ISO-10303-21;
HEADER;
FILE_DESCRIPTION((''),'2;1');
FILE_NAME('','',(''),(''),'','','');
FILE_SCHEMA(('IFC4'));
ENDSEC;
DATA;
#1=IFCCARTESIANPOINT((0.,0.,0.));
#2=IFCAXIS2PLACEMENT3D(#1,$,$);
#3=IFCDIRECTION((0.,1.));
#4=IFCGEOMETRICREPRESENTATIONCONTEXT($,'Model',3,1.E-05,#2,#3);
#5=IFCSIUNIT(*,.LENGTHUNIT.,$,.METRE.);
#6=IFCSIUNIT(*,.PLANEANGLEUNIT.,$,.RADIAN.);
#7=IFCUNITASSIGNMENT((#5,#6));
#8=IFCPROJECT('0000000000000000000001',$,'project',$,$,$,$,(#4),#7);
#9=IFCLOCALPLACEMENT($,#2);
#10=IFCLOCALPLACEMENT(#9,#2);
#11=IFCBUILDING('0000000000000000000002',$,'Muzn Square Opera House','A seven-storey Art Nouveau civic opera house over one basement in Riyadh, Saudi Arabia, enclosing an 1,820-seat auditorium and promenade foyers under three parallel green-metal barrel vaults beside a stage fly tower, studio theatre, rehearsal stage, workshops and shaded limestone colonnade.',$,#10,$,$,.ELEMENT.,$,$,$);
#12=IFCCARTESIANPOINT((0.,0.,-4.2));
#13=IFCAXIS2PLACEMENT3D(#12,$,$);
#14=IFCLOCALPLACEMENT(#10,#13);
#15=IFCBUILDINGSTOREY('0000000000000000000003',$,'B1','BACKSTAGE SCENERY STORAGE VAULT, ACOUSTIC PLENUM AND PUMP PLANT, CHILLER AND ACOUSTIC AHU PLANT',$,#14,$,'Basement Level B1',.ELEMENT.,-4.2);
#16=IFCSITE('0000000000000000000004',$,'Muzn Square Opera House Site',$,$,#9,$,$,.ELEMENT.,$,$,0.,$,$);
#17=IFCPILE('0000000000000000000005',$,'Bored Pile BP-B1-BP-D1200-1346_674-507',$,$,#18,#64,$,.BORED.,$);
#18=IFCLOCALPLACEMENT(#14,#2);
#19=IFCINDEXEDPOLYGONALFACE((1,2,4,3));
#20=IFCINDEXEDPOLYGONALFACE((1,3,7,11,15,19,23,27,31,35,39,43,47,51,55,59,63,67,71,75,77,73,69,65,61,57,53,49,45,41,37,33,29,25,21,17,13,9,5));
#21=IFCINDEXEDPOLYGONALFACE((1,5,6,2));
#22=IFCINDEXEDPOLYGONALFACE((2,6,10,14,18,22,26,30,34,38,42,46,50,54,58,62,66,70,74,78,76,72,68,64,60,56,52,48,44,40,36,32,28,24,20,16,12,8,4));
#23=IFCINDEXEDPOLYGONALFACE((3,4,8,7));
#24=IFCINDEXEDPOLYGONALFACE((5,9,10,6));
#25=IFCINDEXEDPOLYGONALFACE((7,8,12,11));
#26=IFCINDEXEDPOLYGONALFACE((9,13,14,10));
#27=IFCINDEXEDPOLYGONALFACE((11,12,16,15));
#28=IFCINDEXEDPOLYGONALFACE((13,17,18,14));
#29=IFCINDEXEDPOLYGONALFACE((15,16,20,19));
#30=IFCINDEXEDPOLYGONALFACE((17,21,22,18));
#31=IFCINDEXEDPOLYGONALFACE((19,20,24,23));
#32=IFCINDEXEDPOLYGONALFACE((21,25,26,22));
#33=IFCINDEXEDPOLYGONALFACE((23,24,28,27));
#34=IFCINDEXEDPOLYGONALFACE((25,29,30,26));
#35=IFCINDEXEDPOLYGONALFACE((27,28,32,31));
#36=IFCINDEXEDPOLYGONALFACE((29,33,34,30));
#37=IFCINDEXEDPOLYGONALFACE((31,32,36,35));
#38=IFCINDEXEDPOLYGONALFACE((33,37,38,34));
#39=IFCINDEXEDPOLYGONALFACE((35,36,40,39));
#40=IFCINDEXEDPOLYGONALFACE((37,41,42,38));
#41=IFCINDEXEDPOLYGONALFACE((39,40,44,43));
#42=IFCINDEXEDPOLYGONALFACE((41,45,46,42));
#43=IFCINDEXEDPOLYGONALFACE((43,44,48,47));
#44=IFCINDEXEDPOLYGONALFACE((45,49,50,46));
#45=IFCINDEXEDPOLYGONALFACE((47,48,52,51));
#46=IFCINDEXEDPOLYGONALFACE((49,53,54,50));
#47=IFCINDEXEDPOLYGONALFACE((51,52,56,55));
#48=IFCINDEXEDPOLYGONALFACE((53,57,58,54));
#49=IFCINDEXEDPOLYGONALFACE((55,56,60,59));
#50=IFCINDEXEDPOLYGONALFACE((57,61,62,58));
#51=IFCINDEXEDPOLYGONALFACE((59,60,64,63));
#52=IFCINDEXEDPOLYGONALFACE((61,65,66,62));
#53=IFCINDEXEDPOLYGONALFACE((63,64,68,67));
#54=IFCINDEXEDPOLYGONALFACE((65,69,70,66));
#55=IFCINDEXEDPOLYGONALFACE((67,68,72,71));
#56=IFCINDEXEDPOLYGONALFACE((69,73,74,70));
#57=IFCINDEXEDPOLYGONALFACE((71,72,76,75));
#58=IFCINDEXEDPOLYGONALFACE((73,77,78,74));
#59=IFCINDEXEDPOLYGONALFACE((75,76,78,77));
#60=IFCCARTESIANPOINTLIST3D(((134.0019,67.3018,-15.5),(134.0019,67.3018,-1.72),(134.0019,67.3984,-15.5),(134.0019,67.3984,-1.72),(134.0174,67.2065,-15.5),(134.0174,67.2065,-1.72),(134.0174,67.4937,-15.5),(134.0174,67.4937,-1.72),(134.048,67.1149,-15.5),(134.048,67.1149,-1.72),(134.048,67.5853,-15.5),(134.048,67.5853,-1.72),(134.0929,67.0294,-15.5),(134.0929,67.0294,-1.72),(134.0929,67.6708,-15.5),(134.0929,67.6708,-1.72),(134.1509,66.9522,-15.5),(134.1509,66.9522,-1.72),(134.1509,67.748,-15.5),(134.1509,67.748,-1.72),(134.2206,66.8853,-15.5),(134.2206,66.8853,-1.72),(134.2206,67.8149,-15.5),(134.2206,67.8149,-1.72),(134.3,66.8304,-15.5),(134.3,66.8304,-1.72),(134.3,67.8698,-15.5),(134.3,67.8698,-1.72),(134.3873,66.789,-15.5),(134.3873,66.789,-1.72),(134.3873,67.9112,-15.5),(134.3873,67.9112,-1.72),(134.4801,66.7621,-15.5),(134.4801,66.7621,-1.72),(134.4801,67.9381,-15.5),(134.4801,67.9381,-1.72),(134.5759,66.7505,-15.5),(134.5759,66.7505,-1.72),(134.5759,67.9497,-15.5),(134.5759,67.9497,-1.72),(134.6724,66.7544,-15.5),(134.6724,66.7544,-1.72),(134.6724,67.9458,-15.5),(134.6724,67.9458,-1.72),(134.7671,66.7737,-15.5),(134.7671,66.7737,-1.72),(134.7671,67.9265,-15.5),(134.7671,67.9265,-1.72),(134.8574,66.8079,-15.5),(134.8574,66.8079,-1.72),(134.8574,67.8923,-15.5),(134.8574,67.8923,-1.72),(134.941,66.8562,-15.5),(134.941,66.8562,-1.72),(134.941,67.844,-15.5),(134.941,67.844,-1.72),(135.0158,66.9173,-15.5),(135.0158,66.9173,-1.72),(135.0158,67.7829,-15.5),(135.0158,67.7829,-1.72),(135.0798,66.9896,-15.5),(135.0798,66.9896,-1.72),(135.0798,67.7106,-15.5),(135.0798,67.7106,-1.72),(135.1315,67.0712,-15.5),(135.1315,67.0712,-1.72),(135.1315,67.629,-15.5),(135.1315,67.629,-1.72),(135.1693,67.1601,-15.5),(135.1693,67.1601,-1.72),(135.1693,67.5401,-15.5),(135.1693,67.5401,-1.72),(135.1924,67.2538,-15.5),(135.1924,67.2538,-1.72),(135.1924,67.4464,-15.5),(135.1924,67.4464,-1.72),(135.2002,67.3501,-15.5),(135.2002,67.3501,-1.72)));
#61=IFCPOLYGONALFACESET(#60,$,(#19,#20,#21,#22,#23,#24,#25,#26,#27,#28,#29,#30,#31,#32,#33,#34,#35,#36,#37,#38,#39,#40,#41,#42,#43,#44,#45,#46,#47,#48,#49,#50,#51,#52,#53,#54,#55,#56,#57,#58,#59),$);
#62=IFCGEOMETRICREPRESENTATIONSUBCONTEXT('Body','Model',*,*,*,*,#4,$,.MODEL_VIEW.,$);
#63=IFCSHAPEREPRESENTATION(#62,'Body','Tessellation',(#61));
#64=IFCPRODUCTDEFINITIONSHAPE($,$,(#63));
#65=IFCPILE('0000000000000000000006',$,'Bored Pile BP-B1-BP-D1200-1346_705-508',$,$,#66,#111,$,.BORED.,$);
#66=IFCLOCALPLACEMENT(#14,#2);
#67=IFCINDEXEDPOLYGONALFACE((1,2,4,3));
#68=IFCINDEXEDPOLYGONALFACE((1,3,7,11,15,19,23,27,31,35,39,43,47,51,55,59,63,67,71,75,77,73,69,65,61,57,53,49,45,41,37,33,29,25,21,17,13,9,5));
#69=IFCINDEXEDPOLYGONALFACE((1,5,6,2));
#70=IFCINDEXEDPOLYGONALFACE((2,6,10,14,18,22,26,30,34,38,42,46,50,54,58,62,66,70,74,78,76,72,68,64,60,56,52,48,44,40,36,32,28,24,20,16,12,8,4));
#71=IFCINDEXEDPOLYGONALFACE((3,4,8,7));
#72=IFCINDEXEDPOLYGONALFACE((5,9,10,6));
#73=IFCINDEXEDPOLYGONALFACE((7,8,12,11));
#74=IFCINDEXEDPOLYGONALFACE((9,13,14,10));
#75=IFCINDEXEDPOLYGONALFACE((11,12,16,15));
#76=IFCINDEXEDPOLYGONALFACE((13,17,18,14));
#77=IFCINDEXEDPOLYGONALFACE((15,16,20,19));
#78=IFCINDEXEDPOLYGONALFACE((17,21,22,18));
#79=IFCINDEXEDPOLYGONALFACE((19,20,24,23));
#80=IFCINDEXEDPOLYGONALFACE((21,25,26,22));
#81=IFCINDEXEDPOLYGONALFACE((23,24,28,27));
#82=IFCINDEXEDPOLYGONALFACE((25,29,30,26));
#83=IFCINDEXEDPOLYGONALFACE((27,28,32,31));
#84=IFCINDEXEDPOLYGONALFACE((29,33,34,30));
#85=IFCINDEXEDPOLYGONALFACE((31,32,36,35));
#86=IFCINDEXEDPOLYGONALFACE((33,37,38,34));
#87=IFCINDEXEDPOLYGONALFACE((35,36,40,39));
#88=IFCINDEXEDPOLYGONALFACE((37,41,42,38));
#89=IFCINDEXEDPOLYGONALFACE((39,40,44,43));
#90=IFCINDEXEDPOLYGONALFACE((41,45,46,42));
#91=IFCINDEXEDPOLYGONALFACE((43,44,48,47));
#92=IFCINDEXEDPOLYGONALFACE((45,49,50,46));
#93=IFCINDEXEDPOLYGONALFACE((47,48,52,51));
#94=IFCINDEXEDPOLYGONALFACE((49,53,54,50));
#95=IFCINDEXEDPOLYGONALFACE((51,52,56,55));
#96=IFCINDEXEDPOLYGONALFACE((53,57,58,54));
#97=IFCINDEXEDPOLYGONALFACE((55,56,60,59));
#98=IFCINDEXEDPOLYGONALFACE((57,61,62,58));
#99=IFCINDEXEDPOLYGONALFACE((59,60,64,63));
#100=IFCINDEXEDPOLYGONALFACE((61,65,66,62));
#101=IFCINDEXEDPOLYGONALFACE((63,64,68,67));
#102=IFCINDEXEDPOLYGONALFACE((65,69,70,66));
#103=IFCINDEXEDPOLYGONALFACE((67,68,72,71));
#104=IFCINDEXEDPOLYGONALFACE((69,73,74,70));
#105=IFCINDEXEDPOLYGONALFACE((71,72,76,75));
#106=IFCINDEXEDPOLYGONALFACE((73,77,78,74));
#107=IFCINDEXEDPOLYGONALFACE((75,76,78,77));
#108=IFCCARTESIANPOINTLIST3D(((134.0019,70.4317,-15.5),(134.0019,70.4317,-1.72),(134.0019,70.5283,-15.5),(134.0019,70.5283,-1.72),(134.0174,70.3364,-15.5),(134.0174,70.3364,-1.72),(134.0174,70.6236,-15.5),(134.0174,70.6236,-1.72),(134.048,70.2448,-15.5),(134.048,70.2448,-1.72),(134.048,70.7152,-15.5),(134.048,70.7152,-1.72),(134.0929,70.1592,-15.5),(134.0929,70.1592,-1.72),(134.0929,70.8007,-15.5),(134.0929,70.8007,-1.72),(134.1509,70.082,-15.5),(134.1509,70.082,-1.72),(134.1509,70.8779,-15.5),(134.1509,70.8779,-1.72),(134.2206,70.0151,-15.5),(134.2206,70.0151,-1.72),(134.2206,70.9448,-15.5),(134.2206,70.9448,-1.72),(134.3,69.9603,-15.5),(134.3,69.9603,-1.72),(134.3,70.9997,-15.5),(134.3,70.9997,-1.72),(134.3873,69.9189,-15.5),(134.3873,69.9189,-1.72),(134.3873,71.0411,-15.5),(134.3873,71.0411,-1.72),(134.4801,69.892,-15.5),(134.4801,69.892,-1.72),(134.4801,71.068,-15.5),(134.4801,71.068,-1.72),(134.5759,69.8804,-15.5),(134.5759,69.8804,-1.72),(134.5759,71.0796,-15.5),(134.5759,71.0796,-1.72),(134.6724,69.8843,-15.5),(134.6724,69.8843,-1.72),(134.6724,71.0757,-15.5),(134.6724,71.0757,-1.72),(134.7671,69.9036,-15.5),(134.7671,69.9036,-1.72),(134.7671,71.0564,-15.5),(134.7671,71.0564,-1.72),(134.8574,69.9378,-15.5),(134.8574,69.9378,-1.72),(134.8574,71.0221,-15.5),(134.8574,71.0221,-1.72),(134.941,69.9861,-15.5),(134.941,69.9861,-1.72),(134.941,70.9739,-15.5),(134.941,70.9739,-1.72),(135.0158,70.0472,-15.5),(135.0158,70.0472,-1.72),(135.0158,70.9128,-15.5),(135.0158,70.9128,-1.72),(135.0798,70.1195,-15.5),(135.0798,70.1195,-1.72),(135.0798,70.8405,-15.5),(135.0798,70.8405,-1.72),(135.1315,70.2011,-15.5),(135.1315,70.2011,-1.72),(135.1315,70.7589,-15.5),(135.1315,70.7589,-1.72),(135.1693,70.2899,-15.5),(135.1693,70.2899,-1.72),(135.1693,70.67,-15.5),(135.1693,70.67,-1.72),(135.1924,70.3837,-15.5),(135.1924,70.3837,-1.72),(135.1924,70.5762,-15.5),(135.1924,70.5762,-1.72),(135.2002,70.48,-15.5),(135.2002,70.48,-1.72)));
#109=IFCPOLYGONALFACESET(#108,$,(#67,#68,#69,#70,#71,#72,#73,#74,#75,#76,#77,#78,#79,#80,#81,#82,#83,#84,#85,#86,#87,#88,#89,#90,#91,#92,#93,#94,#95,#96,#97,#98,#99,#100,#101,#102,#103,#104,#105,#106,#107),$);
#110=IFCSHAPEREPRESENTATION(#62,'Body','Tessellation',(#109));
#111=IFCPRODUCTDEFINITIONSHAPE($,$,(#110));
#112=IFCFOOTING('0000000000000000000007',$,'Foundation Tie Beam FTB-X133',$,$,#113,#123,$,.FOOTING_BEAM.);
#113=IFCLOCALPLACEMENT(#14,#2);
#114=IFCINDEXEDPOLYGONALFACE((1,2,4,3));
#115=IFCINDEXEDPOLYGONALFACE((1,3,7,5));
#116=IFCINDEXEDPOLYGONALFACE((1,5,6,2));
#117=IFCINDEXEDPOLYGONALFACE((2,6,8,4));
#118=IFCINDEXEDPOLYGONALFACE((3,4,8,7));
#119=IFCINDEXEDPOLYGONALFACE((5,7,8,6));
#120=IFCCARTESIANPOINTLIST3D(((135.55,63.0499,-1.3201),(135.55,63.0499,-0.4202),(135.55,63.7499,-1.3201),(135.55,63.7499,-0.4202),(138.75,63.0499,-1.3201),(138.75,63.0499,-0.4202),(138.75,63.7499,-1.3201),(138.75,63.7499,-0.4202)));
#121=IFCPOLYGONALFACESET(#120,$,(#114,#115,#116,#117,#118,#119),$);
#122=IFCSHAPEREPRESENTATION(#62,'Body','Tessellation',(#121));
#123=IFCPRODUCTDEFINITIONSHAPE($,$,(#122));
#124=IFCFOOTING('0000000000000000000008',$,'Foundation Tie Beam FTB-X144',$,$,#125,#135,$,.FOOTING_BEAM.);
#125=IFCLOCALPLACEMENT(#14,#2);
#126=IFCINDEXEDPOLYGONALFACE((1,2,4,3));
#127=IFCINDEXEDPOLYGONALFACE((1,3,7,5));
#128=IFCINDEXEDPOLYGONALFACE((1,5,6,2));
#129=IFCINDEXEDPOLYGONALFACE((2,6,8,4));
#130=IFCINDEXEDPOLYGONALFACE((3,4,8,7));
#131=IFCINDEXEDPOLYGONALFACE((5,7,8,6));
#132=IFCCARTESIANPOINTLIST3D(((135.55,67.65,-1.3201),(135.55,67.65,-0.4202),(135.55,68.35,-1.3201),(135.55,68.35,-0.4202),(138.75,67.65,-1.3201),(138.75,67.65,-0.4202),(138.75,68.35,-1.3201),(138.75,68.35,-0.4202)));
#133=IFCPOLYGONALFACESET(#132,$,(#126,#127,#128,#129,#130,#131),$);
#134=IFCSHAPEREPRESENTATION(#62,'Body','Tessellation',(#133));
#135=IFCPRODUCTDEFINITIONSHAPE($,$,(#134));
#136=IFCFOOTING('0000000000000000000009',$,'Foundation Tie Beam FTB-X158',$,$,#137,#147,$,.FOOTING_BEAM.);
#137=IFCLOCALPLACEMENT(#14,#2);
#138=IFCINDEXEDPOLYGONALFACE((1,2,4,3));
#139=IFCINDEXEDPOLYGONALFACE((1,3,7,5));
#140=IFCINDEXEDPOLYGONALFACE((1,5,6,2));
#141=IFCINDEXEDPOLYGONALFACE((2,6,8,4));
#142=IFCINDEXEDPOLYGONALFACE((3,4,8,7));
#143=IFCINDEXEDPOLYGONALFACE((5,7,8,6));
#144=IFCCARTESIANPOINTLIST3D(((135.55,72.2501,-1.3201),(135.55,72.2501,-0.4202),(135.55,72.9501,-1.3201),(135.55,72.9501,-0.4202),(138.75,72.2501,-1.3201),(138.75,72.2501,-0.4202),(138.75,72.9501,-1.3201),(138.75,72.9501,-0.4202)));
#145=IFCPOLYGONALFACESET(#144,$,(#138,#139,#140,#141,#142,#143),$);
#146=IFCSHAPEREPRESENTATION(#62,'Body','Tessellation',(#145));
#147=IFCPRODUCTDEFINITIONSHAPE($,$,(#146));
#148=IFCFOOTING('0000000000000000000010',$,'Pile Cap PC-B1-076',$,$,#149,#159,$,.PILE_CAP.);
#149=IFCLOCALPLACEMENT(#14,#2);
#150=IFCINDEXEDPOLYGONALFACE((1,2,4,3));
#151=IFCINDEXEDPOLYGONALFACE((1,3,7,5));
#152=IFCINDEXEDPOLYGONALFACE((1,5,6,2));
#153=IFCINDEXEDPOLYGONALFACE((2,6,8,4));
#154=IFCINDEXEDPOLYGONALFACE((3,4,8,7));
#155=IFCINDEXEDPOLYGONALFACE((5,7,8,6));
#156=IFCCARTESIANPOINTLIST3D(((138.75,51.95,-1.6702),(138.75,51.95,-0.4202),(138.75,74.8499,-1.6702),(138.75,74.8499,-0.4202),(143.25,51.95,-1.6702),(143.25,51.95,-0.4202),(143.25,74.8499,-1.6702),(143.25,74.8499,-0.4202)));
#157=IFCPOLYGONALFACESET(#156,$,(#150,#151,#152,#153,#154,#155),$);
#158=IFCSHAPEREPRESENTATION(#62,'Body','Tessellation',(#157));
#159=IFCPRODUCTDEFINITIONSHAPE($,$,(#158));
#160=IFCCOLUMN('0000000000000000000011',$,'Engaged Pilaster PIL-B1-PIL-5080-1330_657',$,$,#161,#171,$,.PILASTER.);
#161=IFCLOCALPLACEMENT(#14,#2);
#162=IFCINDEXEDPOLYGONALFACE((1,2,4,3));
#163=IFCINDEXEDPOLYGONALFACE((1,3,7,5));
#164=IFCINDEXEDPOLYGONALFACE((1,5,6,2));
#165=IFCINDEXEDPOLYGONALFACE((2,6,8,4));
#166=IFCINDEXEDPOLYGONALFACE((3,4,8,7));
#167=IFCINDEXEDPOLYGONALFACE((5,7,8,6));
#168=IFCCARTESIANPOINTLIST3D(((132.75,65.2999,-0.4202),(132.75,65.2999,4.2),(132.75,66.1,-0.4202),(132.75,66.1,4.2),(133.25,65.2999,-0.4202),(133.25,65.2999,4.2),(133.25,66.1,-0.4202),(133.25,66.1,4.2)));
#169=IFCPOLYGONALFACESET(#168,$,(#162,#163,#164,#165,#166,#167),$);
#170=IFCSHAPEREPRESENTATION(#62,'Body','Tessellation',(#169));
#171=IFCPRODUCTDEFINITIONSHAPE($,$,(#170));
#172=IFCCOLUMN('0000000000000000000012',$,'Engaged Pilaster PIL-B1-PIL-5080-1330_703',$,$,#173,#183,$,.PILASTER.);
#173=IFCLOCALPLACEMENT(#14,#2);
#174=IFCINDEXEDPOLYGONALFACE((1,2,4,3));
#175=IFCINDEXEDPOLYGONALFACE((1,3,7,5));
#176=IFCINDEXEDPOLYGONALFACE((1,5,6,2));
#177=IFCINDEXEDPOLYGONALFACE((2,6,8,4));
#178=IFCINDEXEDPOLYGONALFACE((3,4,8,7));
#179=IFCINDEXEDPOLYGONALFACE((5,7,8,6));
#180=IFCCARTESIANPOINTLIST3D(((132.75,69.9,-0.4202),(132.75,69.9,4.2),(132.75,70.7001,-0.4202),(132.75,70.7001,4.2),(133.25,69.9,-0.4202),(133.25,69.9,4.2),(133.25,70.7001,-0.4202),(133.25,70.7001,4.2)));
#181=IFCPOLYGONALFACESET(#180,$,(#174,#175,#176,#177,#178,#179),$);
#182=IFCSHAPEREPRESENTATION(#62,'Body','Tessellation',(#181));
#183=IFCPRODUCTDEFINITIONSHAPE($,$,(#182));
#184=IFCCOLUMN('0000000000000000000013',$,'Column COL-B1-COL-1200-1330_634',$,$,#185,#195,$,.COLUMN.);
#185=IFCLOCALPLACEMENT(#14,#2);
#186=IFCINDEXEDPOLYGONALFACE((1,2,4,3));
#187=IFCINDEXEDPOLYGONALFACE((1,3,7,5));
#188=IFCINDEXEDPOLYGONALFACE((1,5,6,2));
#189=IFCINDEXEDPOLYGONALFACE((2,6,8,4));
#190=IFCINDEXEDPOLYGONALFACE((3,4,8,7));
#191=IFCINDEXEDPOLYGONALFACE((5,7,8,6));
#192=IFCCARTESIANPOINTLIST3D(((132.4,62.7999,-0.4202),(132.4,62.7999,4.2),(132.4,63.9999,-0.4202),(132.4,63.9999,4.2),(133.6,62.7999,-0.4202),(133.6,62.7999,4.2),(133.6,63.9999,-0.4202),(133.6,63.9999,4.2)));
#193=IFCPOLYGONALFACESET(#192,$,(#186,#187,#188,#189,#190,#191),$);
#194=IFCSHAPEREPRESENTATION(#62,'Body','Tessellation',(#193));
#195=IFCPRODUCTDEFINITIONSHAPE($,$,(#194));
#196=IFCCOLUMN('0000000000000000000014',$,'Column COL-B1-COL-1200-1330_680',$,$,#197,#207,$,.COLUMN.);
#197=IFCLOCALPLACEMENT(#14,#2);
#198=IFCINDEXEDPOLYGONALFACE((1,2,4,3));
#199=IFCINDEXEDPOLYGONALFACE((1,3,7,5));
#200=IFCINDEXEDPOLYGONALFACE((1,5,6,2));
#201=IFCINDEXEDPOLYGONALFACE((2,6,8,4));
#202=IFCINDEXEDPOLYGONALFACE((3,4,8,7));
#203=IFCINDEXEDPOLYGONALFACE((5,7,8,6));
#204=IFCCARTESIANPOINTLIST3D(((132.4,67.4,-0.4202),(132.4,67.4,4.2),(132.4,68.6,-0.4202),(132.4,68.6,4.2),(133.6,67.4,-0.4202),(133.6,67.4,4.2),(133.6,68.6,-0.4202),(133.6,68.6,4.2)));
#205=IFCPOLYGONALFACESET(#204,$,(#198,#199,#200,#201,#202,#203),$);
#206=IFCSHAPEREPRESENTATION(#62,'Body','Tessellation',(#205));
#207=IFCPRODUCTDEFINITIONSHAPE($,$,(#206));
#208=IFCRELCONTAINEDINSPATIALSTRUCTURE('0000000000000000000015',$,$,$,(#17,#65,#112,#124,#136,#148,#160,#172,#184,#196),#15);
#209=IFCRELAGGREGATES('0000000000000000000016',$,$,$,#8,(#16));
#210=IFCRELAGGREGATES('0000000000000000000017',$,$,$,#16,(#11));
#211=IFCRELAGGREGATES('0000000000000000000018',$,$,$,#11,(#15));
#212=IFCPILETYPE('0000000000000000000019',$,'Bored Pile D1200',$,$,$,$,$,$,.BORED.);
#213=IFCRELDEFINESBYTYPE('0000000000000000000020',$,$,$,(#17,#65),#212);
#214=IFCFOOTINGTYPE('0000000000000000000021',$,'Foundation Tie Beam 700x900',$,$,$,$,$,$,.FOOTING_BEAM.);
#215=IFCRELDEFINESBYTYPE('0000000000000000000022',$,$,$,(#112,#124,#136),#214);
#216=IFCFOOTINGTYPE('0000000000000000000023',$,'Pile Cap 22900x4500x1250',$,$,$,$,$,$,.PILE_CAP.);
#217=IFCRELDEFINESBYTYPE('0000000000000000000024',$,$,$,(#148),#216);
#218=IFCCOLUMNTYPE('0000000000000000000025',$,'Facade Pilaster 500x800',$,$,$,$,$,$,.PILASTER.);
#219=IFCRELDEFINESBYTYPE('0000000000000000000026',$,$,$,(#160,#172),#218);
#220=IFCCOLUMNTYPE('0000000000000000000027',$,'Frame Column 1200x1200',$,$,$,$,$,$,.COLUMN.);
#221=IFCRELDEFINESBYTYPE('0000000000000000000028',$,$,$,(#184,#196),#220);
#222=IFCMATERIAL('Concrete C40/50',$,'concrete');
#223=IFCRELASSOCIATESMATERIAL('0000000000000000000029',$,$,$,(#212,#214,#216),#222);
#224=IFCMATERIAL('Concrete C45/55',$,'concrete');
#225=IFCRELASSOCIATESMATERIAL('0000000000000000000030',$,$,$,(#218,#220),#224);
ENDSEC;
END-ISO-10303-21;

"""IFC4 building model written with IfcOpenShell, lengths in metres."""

from ifc_helpers import new_model, si_unit, direction, frame, origin, origin_2d, place, context, subcontext, project, spatial, rectangle, circle, extrude, material, material_profile, profile_set, type_object, element, save


model = new_model("IFC4")

# Units and contexts
model_context = context("Model", 3, precision=1e-05, world=origin(), true_north=direction((0.0, 1.0)))
body_context = subcontext(model_context, "Body", "Model", "MODEL_VIEW")
ifc_project = project(units=[si_unit("LENGTHUNIT", "METRE"), si_unit("PLANEANGLEUNIT", "RADIAN")], contexts=[model_context])

# Site, building, storey
site_placement = place(None, origin())
site = spatial("IfcSite", under=ifc_project, at=site_placement, Name="Muzn Square Opera House Site", CompositionType="ELEMENT", RefElevation=0.0)
building_placement = place(site_placement, origin())
building = spatial("IfcBuilding", under=site, at=building_placement, Name="Muzn Square Opera House", Description="A seven-storey Art Nouveau civic opera house over one basement in Riyadh, Saudi Arabia, enclosing an 1,820-seat auditorium and promenade foyers under three parallel green-metal barrel vaults beside a stage fly tower, studio theatre, rehearsal stage, workshops and shaded limestone colonnade.", CompositionType="ELEMENT")
storey_placement = place(building_placement, frame((0.0, 0.0, -4.2)))
storey = spatial("IfcBuildingStorey", under=building, at=storey_placement, Name="B1", Description="BACKSTAGE SCENERY STORAGE VAULT, ACOUSTIC PLENUM AND PUMP PLANT, CHILLER AND ACOUSTIC AHU PLANT", LongName="Basement Level B1", CompositionType="ELEMENT", Elevation=-4.2)

# Piles
ifc_material_1 = material(Name="Concrete C40/50", Category="concrete")
ifc_material_profile_1 = material_profile(ifc_material_1, circle(Radius=0.6001, at=origin_2d()), Name="BORED PILE D1200", Category="concrete")
ifc_profile_set_1 = profile_set([ifc_material_profile_1], Name="Concrete C40/50")
pile_type = type_object("IfcPileType", Name="Bored Pile D1200", PredefinedType="BORED", material=ifc_profile_set_1)
for number, where, z_axis, x_axis, name in (
    (1, (134.6001, 67.3501, -1.72), (0.0, 0.0, -1.0), (1.0, 0.0, 0.0), "Bored Pile BP-B1-BP-D1200-1346_674-507"),
    (2, (134.6001, 70.48, -1.72), (0.0, 0.0, -1.0), (1.0, 0.0, 0.0), "Bored Pile BP-B1-BP-D1200-1346_705-508"),
):
    element("IfcPile", number, at=place(storey_placement, frame(where, z_axis=z_axis, x_axis=x_axis)), inside=storey, type_object=pile_type, Name=name, PredefinedType="BORED", context=body_context, shape_type="SweptSolid", body=[
        extrude(circle(Radius=0.6001, at=origin_2d()), origin(), (0.0, 0.0, 1.0), 13.78),
    ])

# Footings
ifc_material_profile_2 = material_profile(ifc_material_1, rectangle(XDim=0.7, YDim=0.8999, at=origin_2d()), Name="RCTB 700x900", Category="concrete")
ifc_profile_set_2 = profile_set([ifc_material_profile_2], Name="Concrete C40/50")
footing_type_1 = type_object("IfcFootingType", Name="Foundation Tie Beam 700x900", PredefinedType="FOOTING_BEAM", material=ifc_profile_set_2)
for number, where, z_axis, x_axis, name in (
    (3, (135.55, 63.3999, -0.8701), (1.0, 0.0, 0.0), (0.0, 1.0, 0.0), "Foundation Tie Beam FTB-X133"),
    (4, (135.55, 68.0, -0.8701), (1.0, 0.0, 0.0), (0.0, 1.0, 0.0), "Foundation Tie Beam FTB-X144"),
    (5, (135.55, 72.6001, -0.8701), (1.0, 0.0, 0.0), (0.0, 1.0, 0.0), "Foundation Tie Beam FTB-X158"),
):
    element("IfcFooting", number, at=place(storey_placement, frame(where, z_axis=z_axis, x_axis=x_axis)), inside=storey, type_object=footing_type_1, Name=name, PredefinedType="FOOTING_BEAM", context=body_context, shape_type="SweptSolid", body=[
        extrude(rectangle(XDim=0.7, YDim=0.8999, at=origin_2d()), origin(), (0.0, 0.0, 1.0), 3.2),
    ])
footing_type_2 = type_object("IfcFootingType", Name="Pile Cap 22900x4500x1250", PredefinedType="PILE_CAP", material=ifc_material_1)
footing_placement = place(storey_placement, frame((141.0, 63.3999, -1.6702), z_axis=(0.0, 0.0, 1.0), x_axis=(1.0, 0.0, 0.0)))
element("IfcFooting", 6, at=footing_placement, inside=storey, type_object=footing_type_2, Name="Pile Cap PC-B1-076", PredefinedType="PILE_CAP", context=body_context, shape_type="SweptSolid", body=[
    extrude(rectangle(XDim=4.5, YDim=22.8999, at=origin_2d()), origin(), (0.0, 0.0, 1.0), 1.25),
])

# Columns
ifc_material_2 = material(Name="Concrete C45/55", Category="concrete")
ifc_material_profile_3 = material_profile(ifc_material_2, rectangle(XDim=0.5, YDim=0.8, at=origin_2d()), Name="RC 500x800", Category="concrete")
ifc_profile_set_3 = profile_set([ifc_material_profile_3], Name="Concrete C45/55")
column_type_1 = type_object("IfcColumnType", Name="Facade Pilaster 500x800", PredefinedType="PILASTER", material=ifc_profile_set_3)
for number, where, z_axis, x_axis, name in (
    (7, (133.0, 65.7, -0.4202), (0.0, 0.0, 1.0), (1.0, 0.0, 0.0), "Engaged Pilaster PIL-B1-PIL-5080-1330_657"),
    (8, (133.0, 70.3, -0.4202), (0.0, 0.0, 1.0), (1.0, 0.0, 0.0), "Engaged Pilaster PIL-B1-PIL-5080-1330_703"),
):
    element("IfcColumn", number, at=place(storey_placement, frame(where, z_axis=z_axis, x_axis=x_axis)), inside=storey, type_object=column_type_1, Name=name, PredefinedType="PILASTER", context=body_context, shape_type="SweptSolid", body=[
        extrude(rectangle(XDim=0.5, YDim=0.8, at=origin_2d()), origin(), (0.0, 0.0, 1.0), 4.6201),
    ])
ifc_material_profile_4 = material_profile(ifc_material_2, rectangle(XDim=1.2, YDim=1.2, at=origin_2d()), Name="RC 1200x1200", Category="concrete")
ifc_profile_set_4 = profile_set([ifc_material_profile_4], Name="Concrete C45/55")
column_type_2 = type_object("IfcColumnType", Name="Frame Column 1200x1200", PredefinedType="COLUMN", material=ifc_profile_set_4)
for number, where, z_axis, x_axis, name in (
    (9, (133.0, 63.3999, -0.4202), (0.0, 0.0, 1.0), (1.0, 0.0, 0.0), "Column COL-B1-COL-1200-1330_634"),
    (10, (133.0, 68.0, -0.4202), (0.0, 0.0, 1.0), (1.0, 0.0, 0.0), "Column COL-B1-COL-1200-1330_680"),
):
    element("IfcColumn", number, at=place(storey_placement, frame(where, z_axis=z_axis, x_axis=x_axis)), inside=storey, type_object=column_type_2, Name=name, PredefinedType="COLUMN", context=body_context, shape_type="SweptSolid", body=[
        extrude(rectangle(XDim=1.2, YDim=1.2, at=origin_2d()), origin(), (0.0, 0.0, 1.0), 4.6201),
    ])

save(model, "model.ifc")
